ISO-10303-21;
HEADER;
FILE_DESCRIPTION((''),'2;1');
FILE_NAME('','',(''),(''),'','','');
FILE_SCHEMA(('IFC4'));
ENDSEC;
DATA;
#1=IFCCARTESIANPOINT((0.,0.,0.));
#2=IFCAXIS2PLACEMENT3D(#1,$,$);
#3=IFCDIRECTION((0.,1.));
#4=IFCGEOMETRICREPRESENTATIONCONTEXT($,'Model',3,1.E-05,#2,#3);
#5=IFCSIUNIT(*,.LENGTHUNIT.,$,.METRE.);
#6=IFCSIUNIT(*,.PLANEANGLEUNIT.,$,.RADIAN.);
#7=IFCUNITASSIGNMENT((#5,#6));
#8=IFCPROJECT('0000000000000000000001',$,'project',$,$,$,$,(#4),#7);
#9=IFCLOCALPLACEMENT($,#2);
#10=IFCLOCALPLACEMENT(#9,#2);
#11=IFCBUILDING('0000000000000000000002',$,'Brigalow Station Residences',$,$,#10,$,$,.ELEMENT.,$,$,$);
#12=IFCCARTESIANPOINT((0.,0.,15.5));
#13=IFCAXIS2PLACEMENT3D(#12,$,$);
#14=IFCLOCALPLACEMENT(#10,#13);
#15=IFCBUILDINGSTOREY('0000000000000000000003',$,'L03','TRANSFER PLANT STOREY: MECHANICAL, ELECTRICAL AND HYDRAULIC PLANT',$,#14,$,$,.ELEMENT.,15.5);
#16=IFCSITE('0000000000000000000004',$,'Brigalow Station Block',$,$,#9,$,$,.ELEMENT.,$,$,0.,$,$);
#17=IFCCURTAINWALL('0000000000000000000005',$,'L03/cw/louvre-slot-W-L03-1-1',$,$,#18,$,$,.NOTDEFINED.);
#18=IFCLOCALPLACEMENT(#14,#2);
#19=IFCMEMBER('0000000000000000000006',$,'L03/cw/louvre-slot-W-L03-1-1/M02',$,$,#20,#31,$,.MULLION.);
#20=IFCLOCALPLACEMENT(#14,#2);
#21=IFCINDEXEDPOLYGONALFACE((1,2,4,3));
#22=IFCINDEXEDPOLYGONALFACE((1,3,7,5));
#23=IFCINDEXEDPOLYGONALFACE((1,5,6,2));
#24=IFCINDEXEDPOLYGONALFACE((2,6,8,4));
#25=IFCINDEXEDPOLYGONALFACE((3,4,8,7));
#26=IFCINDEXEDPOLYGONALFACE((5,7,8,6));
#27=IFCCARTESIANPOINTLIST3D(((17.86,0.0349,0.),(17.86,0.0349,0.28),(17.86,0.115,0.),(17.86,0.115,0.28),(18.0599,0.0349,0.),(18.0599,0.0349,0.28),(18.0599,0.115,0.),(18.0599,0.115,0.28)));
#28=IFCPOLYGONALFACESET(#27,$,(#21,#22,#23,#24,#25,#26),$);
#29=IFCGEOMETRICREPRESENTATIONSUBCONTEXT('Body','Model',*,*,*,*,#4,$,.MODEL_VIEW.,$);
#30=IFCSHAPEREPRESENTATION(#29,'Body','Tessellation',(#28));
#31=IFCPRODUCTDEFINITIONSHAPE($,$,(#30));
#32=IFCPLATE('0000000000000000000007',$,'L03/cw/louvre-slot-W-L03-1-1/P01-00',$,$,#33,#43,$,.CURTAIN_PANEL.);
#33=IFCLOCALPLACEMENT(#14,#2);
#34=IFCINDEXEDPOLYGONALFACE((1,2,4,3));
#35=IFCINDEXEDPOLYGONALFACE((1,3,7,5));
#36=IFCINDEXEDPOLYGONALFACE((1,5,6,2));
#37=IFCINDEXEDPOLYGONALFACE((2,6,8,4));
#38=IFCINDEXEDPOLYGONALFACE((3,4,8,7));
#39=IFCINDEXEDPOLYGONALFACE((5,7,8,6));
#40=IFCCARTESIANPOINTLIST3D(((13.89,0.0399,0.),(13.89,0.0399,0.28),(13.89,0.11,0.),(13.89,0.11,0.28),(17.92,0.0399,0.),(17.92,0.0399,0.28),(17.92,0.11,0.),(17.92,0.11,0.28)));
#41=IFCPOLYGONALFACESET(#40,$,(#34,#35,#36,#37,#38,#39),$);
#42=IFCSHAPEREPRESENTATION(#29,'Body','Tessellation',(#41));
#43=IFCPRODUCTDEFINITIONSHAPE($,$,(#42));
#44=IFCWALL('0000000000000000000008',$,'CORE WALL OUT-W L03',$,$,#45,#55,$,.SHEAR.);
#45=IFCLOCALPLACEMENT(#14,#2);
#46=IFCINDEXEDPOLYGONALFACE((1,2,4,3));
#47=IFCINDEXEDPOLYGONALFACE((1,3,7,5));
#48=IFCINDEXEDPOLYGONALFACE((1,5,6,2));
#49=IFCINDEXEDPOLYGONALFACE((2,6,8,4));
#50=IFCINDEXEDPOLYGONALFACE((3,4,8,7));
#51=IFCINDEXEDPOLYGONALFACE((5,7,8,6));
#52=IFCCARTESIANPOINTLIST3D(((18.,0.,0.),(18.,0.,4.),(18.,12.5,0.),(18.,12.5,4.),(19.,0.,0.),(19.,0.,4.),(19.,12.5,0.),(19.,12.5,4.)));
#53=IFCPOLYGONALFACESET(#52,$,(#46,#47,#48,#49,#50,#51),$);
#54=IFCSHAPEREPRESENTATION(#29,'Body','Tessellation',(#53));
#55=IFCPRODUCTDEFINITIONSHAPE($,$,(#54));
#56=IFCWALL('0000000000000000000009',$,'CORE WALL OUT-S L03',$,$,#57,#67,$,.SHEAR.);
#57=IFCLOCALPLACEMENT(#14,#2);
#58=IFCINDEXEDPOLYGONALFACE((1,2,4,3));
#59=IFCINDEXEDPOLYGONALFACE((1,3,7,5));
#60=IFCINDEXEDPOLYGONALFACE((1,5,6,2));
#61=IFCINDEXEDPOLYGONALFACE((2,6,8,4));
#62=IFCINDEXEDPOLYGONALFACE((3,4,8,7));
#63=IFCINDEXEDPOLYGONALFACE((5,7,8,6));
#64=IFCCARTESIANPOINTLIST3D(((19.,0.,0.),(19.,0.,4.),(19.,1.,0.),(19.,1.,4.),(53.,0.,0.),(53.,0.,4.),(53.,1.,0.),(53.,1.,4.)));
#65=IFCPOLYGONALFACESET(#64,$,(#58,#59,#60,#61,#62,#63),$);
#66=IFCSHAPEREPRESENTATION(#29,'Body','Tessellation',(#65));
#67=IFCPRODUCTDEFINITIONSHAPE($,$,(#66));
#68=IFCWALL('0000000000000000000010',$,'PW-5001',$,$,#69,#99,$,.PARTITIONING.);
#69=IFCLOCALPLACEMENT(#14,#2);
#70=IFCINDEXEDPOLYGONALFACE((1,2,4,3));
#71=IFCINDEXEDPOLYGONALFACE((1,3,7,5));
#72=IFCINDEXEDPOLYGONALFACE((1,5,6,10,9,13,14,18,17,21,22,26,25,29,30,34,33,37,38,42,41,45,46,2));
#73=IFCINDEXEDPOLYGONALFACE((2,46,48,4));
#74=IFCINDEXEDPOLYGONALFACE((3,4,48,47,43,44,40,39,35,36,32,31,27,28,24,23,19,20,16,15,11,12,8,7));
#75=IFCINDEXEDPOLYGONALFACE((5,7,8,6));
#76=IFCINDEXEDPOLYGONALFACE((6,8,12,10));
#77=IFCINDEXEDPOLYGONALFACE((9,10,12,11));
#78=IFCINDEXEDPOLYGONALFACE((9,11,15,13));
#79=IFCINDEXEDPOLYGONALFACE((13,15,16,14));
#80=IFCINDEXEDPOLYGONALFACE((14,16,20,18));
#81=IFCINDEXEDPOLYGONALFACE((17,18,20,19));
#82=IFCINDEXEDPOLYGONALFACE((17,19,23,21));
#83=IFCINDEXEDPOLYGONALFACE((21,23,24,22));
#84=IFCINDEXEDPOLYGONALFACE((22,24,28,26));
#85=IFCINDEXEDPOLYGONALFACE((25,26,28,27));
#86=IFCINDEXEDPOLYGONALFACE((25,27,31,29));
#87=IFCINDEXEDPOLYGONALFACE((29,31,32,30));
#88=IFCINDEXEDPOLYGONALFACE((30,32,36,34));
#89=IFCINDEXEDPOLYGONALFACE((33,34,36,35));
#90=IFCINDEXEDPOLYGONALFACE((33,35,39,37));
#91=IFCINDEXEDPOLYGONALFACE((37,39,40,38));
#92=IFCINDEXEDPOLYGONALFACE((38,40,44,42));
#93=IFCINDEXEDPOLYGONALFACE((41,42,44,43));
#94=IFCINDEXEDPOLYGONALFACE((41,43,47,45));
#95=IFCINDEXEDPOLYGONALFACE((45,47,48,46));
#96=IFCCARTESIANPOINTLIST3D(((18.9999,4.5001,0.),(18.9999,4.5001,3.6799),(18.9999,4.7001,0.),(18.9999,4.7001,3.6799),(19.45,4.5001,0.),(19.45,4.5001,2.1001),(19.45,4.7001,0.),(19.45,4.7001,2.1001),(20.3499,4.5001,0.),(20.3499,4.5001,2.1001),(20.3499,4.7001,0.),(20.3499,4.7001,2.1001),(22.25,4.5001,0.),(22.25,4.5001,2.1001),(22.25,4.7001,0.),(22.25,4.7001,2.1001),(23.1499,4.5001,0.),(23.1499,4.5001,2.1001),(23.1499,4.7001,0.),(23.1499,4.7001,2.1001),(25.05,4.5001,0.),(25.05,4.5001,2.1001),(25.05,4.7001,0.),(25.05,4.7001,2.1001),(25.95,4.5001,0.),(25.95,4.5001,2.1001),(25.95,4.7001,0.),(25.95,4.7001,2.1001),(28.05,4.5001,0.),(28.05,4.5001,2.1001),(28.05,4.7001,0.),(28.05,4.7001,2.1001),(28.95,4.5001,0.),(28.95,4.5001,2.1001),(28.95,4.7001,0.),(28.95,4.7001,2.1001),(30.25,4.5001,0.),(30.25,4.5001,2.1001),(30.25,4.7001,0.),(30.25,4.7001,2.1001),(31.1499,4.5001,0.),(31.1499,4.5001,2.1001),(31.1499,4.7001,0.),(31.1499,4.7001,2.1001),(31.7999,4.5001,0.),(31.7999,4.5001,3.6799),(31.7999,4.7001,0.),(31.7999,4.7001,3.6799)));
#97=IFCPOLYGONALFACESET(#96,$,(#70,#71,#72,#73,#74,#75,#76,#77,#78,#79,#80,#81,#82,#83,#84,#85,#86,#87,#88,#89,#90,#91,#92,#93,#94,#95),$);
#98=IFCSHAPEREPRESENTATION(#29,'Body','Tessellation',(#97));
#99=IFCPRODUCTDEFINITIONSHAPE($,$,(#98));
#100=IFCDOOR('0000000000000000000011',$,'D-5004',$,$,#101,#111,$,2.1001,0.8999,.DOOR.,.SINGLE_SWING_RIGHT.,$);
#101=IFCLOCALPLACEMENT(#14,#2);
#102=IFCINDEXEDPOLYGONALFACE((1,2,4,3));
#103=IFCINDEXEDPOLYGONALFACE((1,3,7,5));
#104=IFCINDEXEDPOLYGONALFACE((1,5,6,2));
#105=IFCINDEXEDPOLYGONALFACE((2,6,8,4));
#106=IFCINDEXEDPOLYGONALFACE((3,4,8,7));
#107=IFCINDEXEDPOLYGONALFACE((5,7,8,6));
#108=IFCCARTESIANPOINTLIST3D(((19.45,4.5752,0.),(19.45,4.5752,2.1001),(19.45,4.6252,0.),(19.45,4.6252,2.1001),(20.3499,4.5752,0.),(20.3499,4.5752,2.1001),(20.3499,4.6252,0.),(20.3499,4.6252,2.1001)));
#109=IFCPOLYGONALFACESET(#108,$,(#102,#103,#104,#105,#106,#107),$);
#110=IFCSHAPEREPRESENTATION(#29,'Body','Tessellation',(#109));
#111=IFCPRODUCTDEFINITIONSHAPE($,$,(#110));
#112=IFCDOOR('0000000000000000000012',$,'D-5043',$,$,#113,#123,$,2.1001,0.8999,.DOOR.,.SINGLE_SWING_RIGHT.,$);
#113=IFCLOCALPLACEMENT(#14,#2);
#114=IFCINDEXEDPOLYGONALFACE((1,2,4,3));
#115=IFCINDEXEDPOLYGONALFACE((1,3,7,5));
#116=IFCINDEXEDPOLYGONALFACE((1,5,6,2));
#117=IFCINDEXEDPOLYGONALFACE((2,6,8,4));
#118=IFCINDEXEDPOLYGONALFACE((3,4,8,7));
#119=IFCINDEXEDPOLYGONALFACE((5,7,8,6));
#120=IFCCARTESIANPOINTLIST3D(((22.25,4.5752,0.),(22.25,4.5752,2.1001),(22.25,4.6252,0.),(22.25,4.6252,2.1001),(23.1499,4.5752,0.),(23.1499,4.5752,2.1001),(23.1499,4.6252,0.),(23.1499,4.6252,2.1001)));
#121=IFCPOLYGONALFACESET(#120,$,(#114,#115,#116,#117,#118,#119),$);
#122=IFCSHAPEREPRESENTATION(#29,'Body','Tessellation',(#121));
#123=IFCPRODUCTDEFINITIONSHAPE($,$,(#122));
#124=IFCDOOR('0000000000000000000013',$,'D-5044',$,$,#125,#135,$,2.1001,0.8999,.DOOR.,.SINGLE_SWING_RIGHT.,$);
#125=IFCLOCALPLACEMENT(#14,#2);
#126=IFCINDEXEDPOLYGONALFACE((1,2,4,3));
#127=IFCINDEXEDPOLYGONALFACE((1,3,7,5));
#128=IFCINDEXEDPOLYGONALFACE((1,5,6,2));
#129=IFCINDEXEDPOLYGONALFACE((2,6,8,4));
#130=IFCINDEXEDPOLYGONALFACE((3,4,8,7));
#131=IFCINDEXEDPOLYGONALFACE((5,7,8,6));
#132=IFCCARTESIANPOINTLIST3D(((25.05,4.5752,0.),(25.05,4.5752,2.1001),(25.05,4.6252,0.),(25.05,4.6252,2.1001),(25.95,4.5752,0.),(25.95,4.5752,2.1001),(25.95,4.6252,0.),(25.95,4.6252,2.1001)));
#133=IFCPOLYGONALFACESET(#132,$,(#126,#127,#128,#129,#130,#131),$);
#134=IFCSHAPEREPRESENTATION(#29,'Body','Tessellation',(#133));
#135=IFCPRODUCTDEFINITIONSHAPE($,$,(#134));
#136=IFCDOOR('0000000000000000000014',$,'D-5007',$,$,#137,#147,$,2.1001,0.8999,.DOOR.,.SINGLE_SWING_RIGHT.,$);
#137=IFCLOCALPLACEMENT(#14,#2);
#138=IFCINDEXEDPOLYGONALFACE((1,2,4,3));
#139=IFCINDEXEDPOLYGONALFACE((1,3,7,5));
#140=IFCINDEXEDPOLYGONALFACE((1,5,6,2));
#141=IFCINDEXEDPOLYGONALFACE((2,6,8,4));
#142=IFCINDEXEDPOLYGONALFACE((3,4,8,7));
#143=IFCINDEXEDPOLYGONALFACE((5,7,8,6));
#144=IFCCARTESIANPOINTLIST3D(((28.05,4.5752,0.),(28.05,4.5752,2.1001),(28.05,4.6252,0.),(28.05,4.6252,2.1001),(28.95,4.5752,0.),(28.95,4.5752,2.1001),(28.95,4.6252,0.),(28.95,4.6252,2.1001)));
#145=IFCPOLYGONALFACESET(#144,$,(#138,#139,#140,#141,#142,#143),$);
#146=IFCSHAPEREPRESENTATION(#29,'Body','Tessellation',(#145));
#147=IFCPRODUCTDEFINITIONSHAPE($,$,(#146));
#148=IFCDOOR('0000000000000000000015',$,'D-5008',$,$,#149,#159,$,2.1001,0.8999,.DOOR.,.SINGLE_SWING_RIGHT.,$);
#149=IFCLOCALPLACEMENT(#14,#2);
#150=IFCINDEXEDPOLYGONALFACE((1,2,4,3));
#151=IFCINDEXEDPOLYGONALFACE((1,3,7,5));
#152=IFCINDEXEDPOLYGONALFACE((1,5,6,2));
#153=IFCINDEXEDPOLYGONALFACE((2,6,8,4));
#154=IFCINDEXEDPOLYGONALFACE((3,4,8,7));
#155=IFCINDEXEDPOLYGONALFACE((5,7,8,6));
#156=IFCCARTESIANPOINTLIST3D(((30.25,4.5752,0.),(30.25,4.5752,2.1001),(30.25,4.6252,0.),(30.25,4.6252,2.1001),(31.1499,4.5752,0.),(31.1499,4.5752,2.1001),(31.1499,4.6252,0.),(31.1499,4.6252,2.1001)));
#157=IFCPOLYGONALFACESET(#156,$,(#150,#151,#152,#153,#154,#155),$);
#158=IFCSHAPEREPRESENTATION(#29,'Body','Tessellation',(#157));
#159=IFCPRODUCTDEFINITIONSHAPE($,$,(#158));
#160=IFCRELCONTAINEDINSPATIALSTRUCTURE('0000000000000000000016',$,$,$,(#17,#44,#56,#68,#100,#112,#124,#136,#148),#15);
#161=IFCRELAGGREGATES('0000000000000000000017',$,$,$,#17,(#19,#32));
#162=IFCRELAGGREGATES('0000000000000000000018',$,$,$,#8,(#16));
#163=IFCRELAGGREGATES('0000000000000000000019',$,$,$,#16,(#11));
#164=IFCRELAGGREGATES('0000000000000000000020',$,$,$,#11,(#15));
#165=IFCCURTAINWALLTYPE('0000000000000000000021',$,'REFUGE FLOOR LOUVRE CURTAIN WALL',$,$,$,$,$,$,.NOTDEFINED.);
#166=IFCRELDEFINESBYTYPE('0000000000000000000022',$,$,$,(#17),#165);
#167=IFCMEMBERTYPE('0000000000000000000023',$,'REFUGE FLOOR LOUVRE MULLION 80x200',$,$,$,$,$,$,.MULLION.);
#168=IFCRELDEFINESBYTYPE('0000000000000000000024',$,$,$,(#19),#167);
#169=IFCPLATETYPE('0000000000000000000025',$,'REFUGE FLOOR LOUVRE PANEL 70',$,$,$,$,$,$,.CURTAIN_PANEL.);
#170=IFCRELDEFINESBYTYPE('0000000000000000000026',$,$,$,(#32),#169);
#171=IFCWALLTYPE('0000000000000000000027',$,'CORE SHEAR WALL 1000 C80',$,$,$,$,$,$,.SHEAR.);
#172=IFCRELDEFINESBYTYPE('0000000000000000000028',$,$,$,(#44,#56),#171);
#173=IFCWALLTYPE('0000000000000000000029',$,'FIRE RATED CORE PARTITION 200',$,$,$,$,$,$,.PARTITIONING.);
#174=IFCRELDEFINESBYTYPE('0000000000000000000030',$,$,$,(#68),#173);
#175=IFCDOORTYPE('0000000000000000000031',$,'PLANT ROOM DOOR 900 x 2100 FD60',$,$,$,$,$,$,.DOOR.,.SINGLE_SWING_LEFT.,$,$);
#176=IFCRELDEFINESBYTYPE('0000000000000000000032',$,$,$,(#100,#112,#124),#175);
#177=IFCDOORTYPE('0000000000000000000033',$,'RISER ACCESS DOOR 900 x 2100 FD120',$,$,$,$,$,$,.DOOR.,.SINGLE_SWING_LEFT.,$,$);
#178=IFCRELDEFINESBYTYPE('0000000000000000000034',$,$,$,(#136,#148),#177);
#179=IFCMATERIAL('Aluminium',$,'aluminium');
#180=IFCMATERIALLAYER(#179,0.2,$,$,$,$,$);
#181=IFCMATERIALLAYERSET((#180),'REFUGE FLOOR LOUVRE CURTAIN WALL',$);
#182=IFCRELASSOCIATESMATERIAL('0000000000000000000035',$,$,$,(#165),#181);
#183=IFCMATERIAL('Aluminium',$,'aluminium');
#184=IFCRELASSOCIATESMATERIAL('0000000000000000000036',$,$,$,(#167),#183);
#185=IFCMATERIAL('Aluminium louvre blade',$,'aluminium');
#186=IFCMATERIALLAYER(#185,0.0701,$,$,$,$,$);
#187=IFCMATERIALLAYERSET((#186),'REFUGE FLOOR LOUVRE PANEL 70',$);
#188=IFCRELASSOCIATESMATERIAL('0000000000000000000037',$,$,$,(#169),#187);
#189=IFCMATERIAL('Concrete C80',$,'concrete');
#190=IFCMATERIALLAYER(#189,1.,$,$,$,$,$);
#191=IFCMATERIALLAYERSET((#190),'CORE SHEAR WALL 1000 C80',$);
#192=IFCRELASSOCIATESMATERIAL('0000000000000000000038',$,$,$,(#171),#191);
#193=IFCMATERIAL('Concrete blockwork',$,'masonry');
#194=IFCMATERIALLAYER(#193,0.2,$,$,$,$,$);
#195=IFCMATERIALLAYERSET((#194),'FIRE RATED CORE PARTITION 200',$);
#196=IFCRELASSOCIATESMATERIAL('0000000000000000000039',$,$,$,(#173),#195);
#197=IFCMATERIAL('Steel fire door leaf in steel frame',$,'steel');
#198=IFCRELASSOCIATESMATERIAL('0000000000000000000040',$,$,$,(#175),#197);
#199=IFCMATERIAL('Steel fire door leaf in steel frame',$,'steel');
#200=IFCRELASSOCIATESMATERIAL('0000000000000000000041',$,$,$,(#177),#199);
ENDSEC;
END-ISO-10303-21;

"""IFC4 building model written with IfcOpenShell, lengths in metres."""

from ifc_helpers import new_model, si_unit, direction, frame, frame_2d, origin, origin_2d, place, context, subcontext, project, spatial, rectangle, extrude, material, layer, layer_set, material_profile, profile_set, type_object, element, fill, aggregate, save


model = new_model("IFC4")

# Units and contexts
model_context = context("Model", 3, precision=1e-05, world=origin(), true_north=direction((0.0, 1.0)))
body_context = subcontext(model_context, "Body", "Model", "MODEL_VIEW")
ifc_project = project(units=[si_unit("LENGTHUNIT", "METRE"), si_unit("PLANEANGLEUNIT", "RADIAN")], contexts=[model_context])

# Site, building, storey
site_placement = place(None, origin())
site = spatial("IfcSite", under=ifc_project, at=site_placement, Name="Brigalow Station Block", CompositionType="ELEMENT", RefElevation=0.0)
building_placement = place(site_placement, origin())
building = spatial("IfcBuilding", under=site, at=building_placement, Name="Brigalow Station Residences", CompositionType="ELEMENT")
storey_placement = place(building_placement, frame((0.0, 0.0, 15.5)))
storey = spatial("IfcBuildingStorey", under=building, at=storey_placement, Name="L03", Description="TRANSFER PLANT STOREY: MECHANICAL, ELECTRICAL AND HYDRAULIC PLANT", CompositionType="ELEMENT", Elevation=15.5)

# Curtain wall, member, plate
ifc_material_1 = material(Name="Aluminium", Category="aluminium")
ifc_layer_1 = layer(ifc_material_1, 0.2)
ifc_layer_set_1 = layer_set([ifc_layer_1], Name="REFUGE FLOOR LOUVRE CURTAIN WALL")
curtain_wall_type = type_object("IfcCurtainWallType", Name="REFUGE FLOOR LOUVRE CURTAIN WALL", PredefinedType="NOTDEFINED", material=ifc_layer_set_1)
curtain_wall_placement = place(storey_placement, origin())
curtain_wall = element("IfcCurtainWall", 1, at=curtain_wall_placement, inside=storey, type_object=curtain_wall_type, Name="L03/cw/louvre-slot-W-L03-1-1", PredefinedType="NOTDEFINED")
ifc_material_2 = material(Name="Aluminium", Category="aluminium")
ifc_material_profile = material_profile(ifc_material_2, rectangle(XDim=0.0801, YDim=0.2, at=origin_2d()), Name="REFUGE FLOOR LOUVRE MULLION 80x200")
ifc_profile_set = profile_set([ifc_material_profile], Name="Aluminium")
member_type = type_object("IfcMemberType", Name="REFUGE FLOOR LOUVRE MULLION 80x200", PredefinedType="MULLION", material=ifc_profile_set)
member_placement = place(storey_placement, frame((17.96, 0.075, 0.0), z_axis=(0.0, 0.0, 1.0), x_axis=(0.0, 1.0, 0.0)))
member = element("IfcMember", 2, at=member_placement, type_object=member_type, Name="L03/cw/louvre-slot-W-L03-1-1/M02", PredefinedType="MULLION", context=body_context, shape_type="SweptSolid", body=[
    extrude(rectangle(XDim=0.0801, YDim=0.2, at=origin_2d()), origin(), (0.0, 0.0, 1.0), 0.28),
])
ifc_material_3 = material(Name="Aluminium louvre blade", Category="aluminium")
ifc_layer_2 = layer(ifc_material_3, 0.0701)
ifc_layer_set_2 = layer_set([ifc_layer_2], Name="REFUGE FLOOR LOUVRE PANEL 70")
plate_type = type_object("IfcPlateType", Name="REFUGE FLOOR LOUVRE PANEL 70", PredefinedType="CURTAIN_PANEL", material=ifc_layer_set_2)
plate_placement = place(storey_placement, frame((15.905, 0.075, 0.0), z_axis=(0.0, 0.0, 1.0), x_axis=(1.0, 0.0, 0.0)))
plate = element("IfcPlate", 3, at=plate_placement, type_object=plate_type, Name="L03/cw/louvre-slot-W-L03-1-1/P01-00", PredefinedType="CURTAIN_PANEL", context=body_context, shape_type="SweptSolid", body=[
    extrude(rectangle(XDim=4.03, YDim=0.0701, at=origin_2d()), origin(), (0.0, 0.0, 1.0), 0.28),
])
aggregate(curtain_wall, [member, plate])

# Walls
ifc_material_4 = material(Name="Concrete C80", Category="concrete")
ifc_layer_3 = layer(ifc_material_4, 1.0)
ifc_layer_set_3 = layer_set([ifc_layer_3], Name="CORE SHEAR WALL 1000 C80")
wall_type_1 = type_object("IfcWallType", Name="CORE SHEAR WALL 1000 C80", PredefinedType="SHEAR", material=ifc_layer_set_3)
wall_1_placement = place(storey_placement, frame((18.5, 0.0, 0.0), z_axis=(0.0, 0.0, 1.0), x_axis=(0.0, 1.0, 0.0)))
element("IfcWall", 4, at=wall_1_placement, inside=storey, type_object=wall_type_1, Name="CORE WALL OUT-W L03", PredefinedType="SHEAR", context=body_context, shape_type="SweptSolid", body=[
    extrude(rectangle(XDim=12.5, YDim=1.0, at=frame_2d((6.25, 0.0))), origin(), (0.0, 0.0, 1.0), 4.0),
])
wall_2_placement = place(storey_placement, frame((19.0, 0.5, 0.0), z_axis=(0.0, 0.0, 1.0), x_axis=(1.0, 0.0, 0.0)))
element("IfcWall", 5, at=wall_2_placement, inside=storey, type_object=wall_type_1, Name="CORE WALL OUT-S L03", PredefinedType="SHEAR", context=body_context, shape_type="SweptSolid", body=[
    extrude(rectangle(XDim=34.0, YDim=1.0, at=frame_2d((17.0, 0.0))), origin(), (0.0, 0.0, 1.0), 4.0),
])

# Wall, openings, doors
ifc_material_5 = material(Name="Concrete blockwork", Category="masonry")
ifc_layer_4 = layer(ifc_material_5, 0.2)
ifc_layer_set_4 = layer_set([ifc_layer_4], Name="FIRE RATED CORE PARTITION 200")
wall_type_2 = type_object("IfcWallType", Name="FIRE RATED CORE PARTITION 200", PredefinedType="PARTITIONING", material=ifc_layer_set_4)
wall_3_placement = place(storey_placement, frame((19.0, 4.6001, 0.0), z_axis=(0.0, 0.0, 1.0), x_axis=(1.0, 0.0, 0.0)))
wall_3 = element("IfcWall", 6, at=wall_3_placement, inside=storey, type_object=wall_type_2, Name="PW-5001", PredefinedType="PARTITIONING", context=body_context, shape_type="SweptSolid", body=[
    extrude(rectangle(XDim=12.8, YDim=0.2, at=frame_2d((6.3999, 0.0))), origin(), (0.0, 0.0, 1.0), 3.6799),
])
opening_1_placement = place(wall_3_placement, frame((0.45, 0.0, 0.0)))
opening_1 = element("IfcOpeningElement", 7, at=opening_1_placement, cuts=wall_3, PredefinedType="OPENING", context=body_context, shape_type="SweptSolid", body=[
    extrude(rectangle(XDim=0.8999, YDim=2.1001, at=frame_2d((0.45, 1.05))), frame((0.0, 0.1099, 0.0), z_axis=(0.0, -1.0, 0.0), x_axis=(1.0, 0.0, 0.0)), (0.0, 0.0, 1.0), 0.22),
])
opening_2_placement = place(wall_3_placement, frame((3.25, 0.0, 0.0)))
opening_2 = element("IfcOpeningElement", 8, at=opening_2_placement, cuts=wall_3, PredefinedType="OPENING", context=body_context, shape_type="SweptSolid", body=[
    extrude(rectangle(XDim=0.8999, YDim=2.1001, at=frame_2d((0.45, 1.05))), frame((0.0, 0.1099, 0.0), z_axis=(0.0, -1.0, 0.0), x_axis=(1.0, 0.0, 0.0)), (0.0, 0.0, 1.0), 0.22),
])
opening_3_placement = place(wall_3_placement, frame((6.05, 0.0, 0.0)))
opening_3 = element("IfcOpeningElement", 9, at=opening_3_placement, cuts=wall_3, PredefinedType="OPENING", context=body_context, shape_type="SweptSolid", body=[
    extrude(rectangle(XDim=0.8999, YDim=2.1001, at=frame_2d((0.45, 1.05))), frame((0.0, 0.1099, 0.0), z_axis=(0.0, -1.0, 0.0), x_axis=(1.0, 0.0, 0.0)), (0.0, 0.0, 1.0), 0.22),
])
opening_4_placement = place(wall_3_placement, frame((9.05, 0.0, 0.0)))
opening_4 = element("IfcOpeningElement", 10, at=opening_4_placement, cuts=wall_3, PredefinedType="OPENING", context=body_context, shape_type="SweptSolid", body=[
    extrude(rectangle(XDim=0.8999, YDim=2.1001, at=frame_2d((0.45, 1.05))), frame((0.0, 0.1099, 0.0), z_axis=(0.0, -1.0, 0.0), x_axis=(1.0, 0.0, 0.0)), (0.0, 0.0, 1.0), 0.22),
])
opening_5_placement = place(wall_3_placement, frame((11.25, 0.0, 0.0)))
opening_5 = element("IfcOpeningElement", 11, at=opening_5_placement, cuts=wall_3, PredefinedType="OPENING", context=body_context, shape_type="SweptSolid", body=[
    extrude(rectangle(XDim=0.8999, YDim=2.1001, at=frame_2d((0.45, 1.05))), frame((0.0, 0.1099, 0.0), z_axis=(0.0, -1.0, 0.0), x_axis=(1.0, 0.0, 0.0)), (0.0, 0.0, 1.0), 0.22),
])
ifc_material_6 = material(Name="Steel fire door leaf in steel frame", Category="steel")
door_type_1 = type_object("IfcDoorType", Name="PLANT ROOM DOOR 900 x 2100 FD60", OperationType="SINGLE_SWING_LEFT", PredefinedType="DOOR", material=ifc_material_6)
door_1_placement = place(opening_1_placement, frame((0.8999, 0.0, 0.0), z_axis=(0.0, 0.0, 1.0), x_axis=(-1.0, 0.0, 0.0)))
door_1 = element("IfcDoor", 12, at=door_1_placement, inside=storey, type_object=door_type_1, Name="D-5004", OperationType="SINGLE_SWING_RIGHT", OverallHeight=2.1001, OverallWidth=0.8999, PredefinedType="DOOR", context=body_context, shape_type="SweptSolid", body=[
    extrude(rectangle(XDim=0.8999, YDim=2.1001, at=frame_2d((0.45, 1.05))), frame((0.0, 0.0249, 0.0), z_axis=(0.0, -1.0, 0.0), x_axis=(1.0, 0.0, 0.0)), (0.0, 0.0, 1.0), 0.05),
])
fill(opening_1, door_1)
door_2_placement = place(opening_2_placement, frame((0.8999, 0.0, 0.0), z_axis=(0.0, 0.0, 1.0), x_axis=(-1.0, 0.0, 0.0)))
door_2 = element("IfcDoor", 13, at=door_2_placement, inside=storey, type_object=door_type_1, Name="D-5043", OperationType="SINGLE_SWING_RIGHT", OverallHeight=2.1001, OverallWidth=0.8999, PredefinedType="DOOR", context=body_context, shape_type="SweptSolid", body=[
    extrude(rectangle(XDim=0.8999, YDim=2.1001, at=frame_2d((0.45, 1.05))), frame((0.0, 0.0249, 0.0), z_axis=(0.0, -1.0, 0.0), x_axis=(1.0, 0.0, 0.0)), (0.0, 0.0, 1.0), 0.05),
])
fill(opening_2, door_2)
door_3_placement = place(opening_3_placement, frame((0.8999, 0.0, 0.0), z_axis=(0.0, 0.0, 1.0), x_axis=(-1.0, 0.0, 0.0)))
door_3 = element("IfcDoor", 14, at=door_3_placement, inside=storey, type_object=door_type_1, Name="D-5044", OperationType="SINGLE_SWING_RIGHT", OverallHeight=2.1001, OverallWidth=0.8999, PredefinedType="DOOR", context=body_context, shape_type="SweptSolid", body=[
    extrude(rectangle(XDim=0.8999, YDim=2.1001, at=frame_2d((0.45, 1.05))), frame((0.0, 0.0249, 0.0), z_axis=(0.0, -1.0, 0.0), x_axis=(1.0, 0.0, 0.0)), (0.0, 0.0, 1.0), 0.05),
])
fill(opening_3, door_3)
ifc_material_7 = material(Name="Steel fire door leaf in steel frame", Category="steel")
door_type_2 = type_object("IfcDoorType", Name="RISER ACCESS DOOR 900 x 2100 FD120", OperationType="SINGLE_SWING_LEFT", PredefinedType="DOOR", material=ifc_material_7)
door_4_placement = place(opening_4_placement, frame((0.8999, 0.0, 0.0), z_axis=(0.0, 0.0, 1.0), x_axis=(-1.0, 0.0, 0.0)))
door_4 = element("IfcDoor", 15, at=door_4_placement, inside=storey, type_object=door_type_2, Name="D-5007", OperationType="SINGLE_SWING_RIGHT", OverallHeight=2.1001, OverallWidth=0.8999, PredefinedType="DOOR", context=body_context, shape_type="SweptSolid", body=[
    extrude(rectangle(XDim=0.8999, YDim=2.1001, at=frame_2d((0.45, 1.05))), frame((0.0, 0.0249, 0.0), z_axis=(0.0, -1.0, 0.0), x_axis=(1.0, 0.0, 0.0)), (0.0, 0.0, 1.0), 0.05),
])
fill(opening_4, door_4)
door_5_placement = place(opening_5_placement, frame((0.8999, 0.0, 0.0), z_axis=(0.0, 0.0, 1.0), x_axis=(-1.0, 0.0, 0.0)))
door_5 = element("IfcDoor", 16, at=door_5_placement, inside=storey, type_object=door_type_2, Name="D-5008", OperationType="SINGLE_SWING_RIGHT", OverallHeight=2.1001, OverallWidth=0.8999, PredefinedType="DOOR", context=body_context, shape_type="SweptSolid", body=[
    extrude(rectangle(XDim=0.8999, YDim=2.1001, at=frame_2d((0.45, 1.05))), frame((0.0, 0.0249, 0.0), z_axis=(0.0, -1.0, 0.0), x_axis=(1.0, 0.0, 0.0)), (0.0, 0.0, 1.0), 0.05),
])
fill(opening_5, door_5)

save(model, "model.ifc")
